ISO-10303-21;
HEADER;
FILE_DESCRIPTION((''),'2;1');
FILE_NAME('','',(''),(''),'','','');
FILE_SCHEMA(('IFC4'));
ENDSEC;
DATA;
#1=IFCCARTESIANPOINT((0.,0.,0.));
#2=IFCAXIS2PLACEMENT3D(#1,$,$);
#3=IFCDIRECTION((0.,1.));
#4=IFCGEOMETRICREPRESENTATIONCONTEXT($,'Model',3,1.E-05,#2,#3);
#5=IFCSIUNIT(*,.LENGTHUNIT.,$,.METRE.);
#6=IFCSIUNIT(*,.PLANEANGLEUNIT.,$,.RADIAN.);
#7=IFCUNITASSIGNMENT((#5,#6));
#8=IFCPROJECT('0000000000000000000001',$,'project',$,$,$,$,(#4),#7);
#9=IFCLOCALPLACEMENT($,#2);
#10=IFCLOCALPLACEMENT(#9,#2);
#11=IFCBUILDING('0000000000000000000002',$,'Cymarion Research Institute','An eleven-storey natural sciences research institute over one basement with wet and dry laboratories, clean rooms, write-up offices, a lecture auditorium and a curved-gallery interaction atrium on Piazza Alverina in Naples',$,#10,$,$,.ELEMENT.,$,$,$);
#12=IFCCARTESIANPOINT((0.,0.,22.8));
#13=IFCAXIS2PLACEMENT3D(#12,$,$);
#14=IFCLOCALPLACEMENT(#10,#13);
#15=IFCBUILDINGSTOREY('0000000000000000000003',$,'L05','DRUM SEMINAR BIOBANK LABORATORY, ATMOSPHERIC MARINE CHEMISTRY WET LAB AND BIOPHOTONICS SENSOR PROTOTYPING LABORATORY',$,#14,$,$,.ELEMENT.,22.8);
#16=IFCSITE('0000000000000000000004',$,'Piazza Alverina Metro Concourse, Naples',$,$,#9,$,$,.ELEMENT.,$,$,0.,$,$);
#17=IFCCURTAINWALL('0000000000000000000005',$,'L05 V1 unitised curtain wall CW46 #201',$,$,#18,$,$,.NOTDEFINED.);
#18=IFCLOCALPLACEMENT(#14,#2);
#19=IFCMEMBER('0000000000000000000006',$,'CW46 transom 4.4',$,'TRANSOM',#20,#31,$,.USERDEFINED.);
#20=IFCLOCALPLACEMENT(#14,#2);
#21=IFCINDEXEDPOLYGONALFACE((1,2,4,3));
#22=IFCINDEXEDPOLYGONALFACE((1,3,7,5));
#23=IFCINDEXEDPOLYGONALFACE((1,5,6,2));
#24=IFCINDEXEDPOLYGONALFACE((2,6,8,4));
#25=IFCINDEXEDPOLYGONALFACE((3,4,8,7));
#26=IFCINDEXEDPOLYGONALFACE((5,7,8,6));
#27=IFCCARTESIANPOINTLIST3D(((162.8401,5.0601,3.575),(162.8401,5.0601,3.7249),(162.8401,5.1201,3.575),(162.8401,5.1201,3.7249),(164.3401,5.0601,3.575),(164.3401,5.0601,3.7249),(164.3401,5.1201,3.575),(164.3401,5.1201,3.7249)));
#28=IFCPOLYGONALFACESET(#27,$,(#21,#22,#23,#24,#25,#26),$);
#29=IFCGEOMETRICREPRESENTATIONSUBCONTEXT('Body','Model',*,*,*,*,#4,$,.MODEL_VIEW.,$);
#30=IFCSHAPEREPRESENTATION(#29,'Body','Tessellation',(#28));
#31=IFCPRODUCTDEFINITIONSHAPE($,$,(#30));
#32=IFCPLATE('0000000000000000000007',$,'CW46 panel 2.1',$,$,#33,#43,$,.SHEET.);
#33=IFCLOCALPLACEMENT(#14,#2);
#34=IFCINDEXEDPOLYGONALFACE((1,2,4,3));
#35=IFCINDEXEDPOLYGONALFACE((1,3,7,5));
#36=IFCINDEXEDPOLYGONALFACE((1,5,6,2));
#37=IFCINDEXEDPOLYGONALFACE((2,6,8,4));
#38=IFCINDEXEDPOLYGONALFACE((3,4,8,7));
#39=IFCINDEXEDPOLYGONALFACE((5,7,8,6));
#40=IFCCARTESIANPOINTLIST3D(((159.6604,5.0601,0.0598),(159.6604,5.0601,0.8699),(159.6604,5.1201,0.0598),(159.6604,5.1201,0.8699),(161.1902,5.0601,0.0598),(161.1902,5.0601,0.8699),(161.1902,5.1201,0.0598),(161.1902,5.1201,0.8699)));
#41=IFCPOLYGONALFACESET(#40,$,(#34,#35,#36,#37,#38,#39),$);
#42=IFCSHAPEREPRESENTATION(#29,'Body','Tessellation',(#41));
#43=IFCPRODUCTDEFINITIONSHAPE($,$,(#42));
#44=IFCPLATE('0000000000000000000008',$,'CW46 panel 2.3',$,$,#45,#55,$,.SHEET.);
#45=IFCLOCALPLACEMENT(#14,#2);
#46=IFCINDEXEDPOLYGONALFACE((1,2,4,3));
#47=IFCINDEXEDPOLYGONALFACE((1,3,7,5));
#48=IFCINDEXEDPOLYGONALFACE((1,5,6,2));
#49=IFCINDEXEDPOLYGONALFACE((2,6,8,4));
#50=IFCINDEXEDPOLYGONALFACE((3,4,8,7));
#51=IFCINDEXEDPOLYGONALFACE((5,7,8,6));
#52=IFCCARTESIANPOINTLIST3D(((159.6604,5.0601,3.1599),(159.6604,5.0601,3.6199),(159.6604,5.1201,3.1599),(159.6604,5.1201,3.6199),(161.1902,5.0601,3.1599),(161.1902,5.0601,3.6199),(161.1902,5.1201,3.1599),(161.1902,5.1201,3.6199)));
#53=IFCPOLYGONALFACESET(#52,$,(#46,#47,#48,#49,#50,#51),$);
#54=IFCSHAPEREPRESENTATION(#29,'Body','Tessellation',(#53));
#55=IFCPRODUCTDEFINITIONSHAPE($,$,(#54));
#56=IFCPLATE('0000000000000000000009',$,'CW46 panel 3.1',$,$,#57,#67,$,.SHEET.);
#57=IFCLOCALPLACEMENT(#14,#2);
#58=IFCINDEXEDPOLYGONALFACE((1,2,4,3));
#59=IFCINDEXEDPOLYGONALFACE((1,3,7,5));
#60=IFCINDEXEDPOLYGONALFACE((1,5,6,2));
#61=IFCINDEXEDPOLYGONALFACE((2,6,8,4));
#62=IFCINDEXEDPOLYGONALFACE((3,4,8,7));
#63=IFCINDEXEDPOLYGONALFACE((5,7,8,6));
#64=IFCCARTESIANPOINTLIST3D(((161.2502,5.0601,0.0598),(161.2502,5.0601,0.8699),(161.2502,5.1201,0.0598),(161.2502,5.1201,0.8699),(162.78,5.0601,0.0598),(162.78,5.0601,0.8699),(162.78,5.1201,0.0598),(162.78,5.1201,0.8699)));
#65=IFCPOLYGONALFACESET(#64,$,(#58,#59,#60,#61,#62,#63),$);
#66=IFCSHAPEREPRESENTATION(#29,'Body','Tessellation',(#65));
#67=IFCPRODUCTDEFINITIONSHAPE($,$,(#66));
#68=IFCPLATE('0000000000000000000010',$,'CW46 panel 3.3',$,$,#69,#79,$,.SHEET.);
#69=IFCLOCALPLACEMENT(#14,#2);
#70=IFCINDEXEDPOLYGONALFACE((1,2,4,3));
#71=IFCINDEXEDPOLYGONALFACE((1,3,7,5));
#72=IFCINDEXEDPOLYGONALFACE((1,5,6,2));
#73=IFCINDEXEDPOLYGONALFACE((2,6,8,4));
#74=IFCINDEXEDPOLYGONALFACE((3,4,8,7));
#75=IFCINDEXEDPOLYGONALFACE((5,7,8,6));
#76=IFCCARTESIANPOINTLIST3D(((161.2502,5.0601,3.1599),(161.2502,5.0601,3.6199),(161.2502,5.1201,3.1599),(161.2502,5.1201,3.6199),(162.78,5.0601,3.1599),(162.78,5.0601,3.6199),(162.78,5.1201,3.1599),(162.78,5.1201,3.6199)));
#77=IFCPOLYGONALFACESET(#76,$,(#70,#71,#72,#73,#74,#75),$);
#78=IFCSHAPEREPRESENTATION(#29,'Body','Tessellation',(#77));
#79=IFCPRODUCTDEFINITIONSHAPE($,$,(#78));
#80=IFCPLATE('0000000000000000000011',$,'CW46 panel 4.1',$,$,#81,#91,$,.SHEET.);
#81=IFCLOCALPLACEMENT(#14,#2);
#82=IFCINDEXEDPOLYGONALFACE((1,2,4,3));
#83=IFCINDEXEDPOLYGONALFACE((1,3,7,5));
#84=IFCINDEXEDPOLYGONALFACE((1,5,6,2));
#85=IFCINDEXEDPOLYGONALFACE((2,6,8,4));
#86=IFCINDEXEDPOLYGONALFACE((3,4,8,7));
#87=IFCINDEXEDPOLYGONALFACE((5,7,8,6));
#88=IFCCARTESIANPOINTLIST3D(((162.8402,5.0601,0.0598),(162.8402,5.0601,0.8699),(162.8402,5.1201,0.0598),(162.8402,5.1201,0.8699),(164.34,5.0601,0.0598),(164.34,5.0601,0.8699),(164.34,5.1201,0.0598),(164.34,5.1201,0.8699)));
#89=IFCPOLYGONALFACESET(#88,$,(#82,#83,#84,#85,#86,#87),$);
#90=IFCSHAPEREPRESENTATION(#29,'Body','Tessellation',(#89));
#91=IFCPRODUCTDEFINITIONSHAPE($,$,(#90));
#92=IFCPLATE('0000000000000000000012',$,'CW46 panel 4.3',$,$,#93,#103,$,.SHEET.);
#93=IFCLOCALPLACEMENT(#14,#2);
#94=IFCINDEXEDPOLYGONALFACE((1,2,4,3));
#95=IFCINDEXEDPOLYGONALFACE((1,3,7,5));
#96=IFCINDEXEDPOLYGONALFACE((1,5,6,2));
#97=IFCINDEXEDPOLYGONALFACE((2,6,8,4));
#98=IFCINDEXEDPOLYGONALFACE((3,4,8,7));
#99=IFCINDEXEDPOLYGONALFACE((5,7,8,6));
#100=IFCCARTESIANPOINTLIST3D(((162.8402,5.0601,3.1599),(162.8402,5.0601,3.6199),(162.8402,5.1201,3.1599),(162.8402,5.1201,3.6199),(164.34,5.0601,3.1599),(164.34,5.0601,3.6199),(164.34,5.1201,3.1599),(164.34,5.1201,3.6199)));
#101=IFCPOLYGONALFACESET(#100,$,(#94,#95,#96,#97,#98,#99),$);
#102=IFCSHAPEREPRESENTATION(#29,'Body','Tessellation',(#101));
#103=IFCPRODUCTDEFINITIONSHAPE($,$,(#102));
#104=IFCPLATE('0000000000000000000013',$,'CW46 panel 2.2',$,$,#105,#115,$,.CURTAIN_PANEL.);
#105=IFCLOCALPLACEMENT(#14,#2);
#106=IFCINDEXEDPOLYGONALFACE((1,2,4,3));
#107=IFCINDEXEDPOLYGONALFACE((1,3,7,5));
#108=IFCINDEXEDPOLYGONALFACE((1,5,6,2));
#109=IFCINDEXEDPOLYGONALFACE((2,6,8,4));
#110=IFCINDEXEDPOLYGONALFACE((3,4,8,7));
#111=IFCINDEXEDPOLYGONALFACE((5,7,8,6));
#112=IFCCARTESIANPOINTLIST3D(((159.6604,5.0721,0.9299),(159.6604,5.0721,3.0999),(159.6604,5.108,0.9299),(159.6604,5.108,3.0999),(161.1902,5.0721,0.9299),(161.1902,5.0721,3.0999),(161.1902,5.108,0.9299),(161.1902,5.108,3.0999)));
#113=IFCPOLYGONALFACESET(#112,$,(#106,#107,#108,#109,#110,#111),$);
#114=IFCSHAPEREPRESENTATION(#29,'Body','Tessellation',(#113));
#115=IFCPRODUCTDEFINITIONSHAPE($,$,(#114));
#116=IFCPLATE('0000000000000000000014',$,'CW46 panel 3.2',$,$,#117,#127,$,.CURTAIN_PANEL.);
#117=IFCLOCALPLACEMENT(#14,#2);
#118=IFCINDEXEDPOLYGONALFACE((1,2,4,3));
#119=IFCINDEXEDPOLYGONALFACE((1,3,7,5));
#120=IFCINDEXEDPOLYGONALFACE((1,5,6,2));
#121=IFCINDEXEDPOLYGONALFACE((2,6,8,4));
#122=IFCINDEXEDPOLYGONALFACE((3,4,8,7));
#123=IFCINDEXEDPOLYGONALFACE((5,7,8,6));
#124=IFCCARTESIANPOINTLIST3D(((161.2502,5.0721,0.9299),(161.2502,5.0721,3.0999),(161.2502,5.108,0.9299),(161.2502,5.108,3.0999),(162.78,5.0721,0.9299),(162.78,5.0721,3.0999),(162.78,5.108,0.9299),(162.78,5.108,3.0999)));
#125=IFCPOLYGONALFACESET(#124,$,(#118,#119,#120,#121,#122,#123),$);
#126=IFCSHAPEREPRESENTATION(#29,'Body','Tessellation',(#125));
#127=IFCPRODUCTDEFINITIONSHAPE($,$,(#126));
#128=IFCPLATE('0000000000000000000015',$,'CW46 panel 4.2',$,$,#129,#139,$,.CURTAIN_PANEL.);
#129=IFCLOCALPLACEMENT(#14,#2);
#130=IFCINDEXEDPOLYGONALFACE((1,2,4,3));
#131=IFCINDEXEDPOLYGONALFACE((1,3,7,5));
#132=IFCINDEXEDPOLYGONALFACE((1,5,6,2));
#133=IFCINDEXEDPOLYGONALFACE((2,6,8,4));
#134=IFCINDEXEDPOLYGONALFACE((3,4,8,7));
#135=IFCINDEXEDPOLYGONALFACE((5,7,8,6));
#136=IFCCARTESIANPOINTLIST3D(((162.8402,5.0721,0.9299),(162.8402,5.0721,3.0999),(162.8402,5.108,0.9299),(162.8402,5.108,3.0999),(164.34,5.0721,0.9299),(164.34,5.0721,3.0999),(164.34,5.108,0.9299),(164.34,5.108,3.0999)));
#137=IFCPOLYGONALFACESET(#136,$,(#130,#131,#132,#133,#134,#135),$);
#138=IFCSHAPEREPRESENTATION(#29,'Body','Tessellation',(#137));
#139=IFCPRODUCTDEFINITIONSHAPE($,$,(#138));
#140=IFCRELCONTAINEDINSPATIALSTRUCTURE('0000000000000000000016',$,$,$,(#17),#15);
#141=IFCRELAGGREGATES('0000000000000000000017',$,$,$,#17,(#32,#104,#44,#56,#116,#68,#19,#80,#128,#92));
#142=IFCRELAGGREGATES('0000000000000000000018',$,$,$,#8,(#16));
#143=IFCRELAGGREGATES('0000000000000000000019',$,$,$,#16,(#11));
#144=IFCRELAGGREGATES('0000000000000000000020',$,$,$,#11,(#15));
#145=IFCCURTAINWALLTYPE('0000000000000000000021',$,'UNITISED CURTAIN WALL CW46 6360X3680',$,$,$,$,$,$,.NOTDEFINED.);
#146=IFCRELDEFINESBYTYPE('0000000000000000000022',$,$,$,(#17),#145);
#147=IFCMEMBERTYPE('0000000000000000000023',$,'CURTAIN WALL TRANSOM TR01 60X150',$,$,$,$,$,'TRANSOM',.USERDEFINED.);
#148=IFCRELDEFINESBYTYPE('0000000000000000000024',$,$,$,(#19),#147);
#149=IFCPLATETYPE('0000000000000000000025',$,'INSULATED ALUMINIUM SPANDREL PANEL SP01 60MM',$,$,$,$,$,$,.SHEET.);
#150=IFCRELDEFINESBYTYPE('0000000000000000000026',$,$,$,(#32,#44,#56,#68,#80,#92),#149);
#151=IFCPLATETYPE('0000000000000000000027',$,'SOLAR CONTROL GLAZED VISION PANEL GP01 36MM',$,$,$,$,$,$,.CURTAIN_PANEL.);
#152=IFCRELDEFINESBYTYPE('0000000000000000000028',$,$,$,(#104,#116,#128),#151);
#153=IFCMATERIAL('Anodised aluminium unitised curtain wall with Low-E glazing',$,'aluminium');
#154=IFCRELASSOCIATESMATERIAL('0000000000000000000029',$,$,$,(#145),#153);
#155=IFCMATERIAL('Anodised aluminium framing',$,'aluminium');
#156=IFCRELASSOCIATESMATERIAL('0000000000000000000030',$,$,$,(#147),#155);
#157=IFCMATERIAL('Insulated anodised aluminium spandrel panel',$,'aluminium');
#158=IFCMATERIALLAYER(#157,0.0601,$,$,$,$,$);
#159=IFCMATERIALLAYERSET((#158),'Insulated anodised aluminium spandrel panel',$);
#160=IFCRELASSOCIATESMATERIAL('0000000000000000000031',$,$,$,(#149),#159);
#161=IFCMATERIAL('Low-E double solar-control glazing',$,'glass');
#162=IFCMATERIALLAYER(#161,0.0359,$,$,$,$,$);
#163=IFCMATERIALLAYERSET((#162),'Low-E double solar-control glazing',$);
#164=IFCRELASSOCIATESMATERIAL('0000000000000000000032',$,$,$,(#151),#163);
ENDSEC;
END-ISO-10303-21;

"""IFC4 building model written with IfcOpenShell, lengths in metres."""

from ifc_helpers import new_model, si_unit, direction, frame, origin, origin_2d, place, context, subcontext, project, spatial, rectangle, extrude, material, layer, layer_set, material_profile, profile_set, type_object, element, aggregate, save


model = new_model("IFC4")

# Units and contexts
model_context = context("Model", 3, precision=1e-05, world=origin(), true_north=direction((0.0, 1.0)))
body_context = subcontext(model_context, "Body", "Model", "MODEL_VIEW")
ifc_project = project(units=[si_unit("LENGTHUNIT", "METRE"), si_unit("PLANEANGLEUNIT", "RADIAN")], contexts=[model_context])

# Site, building, storey
site_placement = place(None, origin())
site = spatial("IfcSite", under=ifc_project, at=site_placement, Name="Piazza Alverina Metro Concourse, Naples", CompositionType="ELEMENT", RefElevation=0.0)
building_placement = place(site_placement, origin())
building = spatial("IfcBuilding", under=site, at=building_placement, Name="Cymarion Research Institute", Description="An eleven-storey natural sciences research institute over one basement with wet and dry laboratories, clean rooms, write-up offices, a lecture auditorium and a curved-gallery interaction atrium on Piazza Alverina in Naples", CompositionType="ELEMENT")
storey_placement = place(building_placement, frame((0.0, 0.0, 22.8)))
storey = spatial("IfcBuildingStorey", under=building, at=storey_placement, Name="L05", Description="DRUM SEMINAR BIOBANK LABORATORY, ATMOSPHERIC MARINE CHEMISTRY WET LAB AND BIOPHOTONICS SENSOR PROTOTYPING LABORATORY", CompositionType="ELEMENT", Elevation=22.8)

# Curtain wall, member, plates
ifc_material_1 = material(Name="Anodised aluminium unitised curtain wall with Low-E glazing", Category="aluminium")
curtain_wall_type = type_object("IfcCurtainWallType", Name="UNITISED CURTAIN WALL CW46 6360X3680", PredefinedType="NOTDEFINED", material=ifc_material_1)
curtain_wall_placement = place(storey_placement, origin())
curtain_wall = element("IfcCurtainWall", 1, at=curtain_wall_placement, inside=storey, type_object=curtain_wall_type, Name="L05 V1 unitised curtain wall CW46 #201", PredefinedType="NOTDEFINED")
ifc_material_2 = material(Name="Anodised aluminium framing", Category="aluminium")
ifc_material_profile_1 = material_profile(ifc_material_2, rectangle(XDim=0.0601, YDim=0.1499, at=origin_2d()), Name="ALU TRANSOM 60x150")
ifc_profile_set_1 = profile_set([ifc_material_profile_1], Name="Anodised aluminium framing")
member_type_1 = type_object("IfcMemberType", Name="CURTAIN WALL TRANSOM TR01 60X150", ElementType="TRANSOM", PredefinedType="USERDEFINED", material=ifc_profile_set_1)
member_1_placement = place(storey_placement, frame((162.8401, 5.0901, 3.6499), z_axis=(1.0, 0.0, 0.0), x_axis=(0.0, 1.0, 0.0)))
member_1 = element("IfcMember", 2, at=member_1_placement, type_object=member_type_1, Name="CW46 transom 4.4", ObjectType="TRANSOM", PredefinedType="USERDEFINED", context=body_context, shape_type="SweptSolid", body=[
    extrude(rectangle(XDim=0.0601, YDim=0.1499, at=origin_2d()), origin(), (0.0, 0.0, 1.0), 1.5),
])
ifc_material_3 = material(Name="Insulated anodised aluminium spandrel panel", Category="aluminium")
ifc_layer_1 = layer(ifc_material_3, 0.0601)
ifc_layer_set_1 = layer_set([ifc_layer_1], Name="Insulated anodised aluminium spandrel panel")
plate_type_1 = type_object("IfcPlateType", Name="INSULATED ALUMINIUM SPANDREL PANEL SP01 60MM", PredefinedType="SHEET", material=ifc_layer_set_1)
plate_1_placement = place(storey_placement, frame((160.4253, 5.0901, 0.0598), z_axis=(0.0, 0.0, 1.0), x_axis=(1.0, 0.0, 0.0)))
plate_1 = element("IfcPlate", 3, at=plate_1_placement, type_object=plate_type_1, Name="CW46 panel 2.1", PredefinedType="SHEET", context=body_context, shape_type="SweptSolid", body=[
    extrude(rectangle(XDim=1.5298, YDim=0.0601, at=origin_2d()), origin(), (0.0, 0.0, 1.0), 0.8101),
])
plate_2_placement = place(storey_placement, frame((160.4253, 5.0901, 3.1599), z_axis=(0.0, 0.0, 1.0), x_axis=(1.0, 0.0, 0.0)))
plate_2 = element("IfcPlate", 4, at=plate_2_placement, type_object=plate_type_1, Name="CW46 panel 2.3", PredefinedType="SHEET", context=body_context, shape_type="SweptSolid", body=[
    extrude(rectangle(XDim=1.5298, YDim=0.0601, at=origin_2d()), origin(), (0.0, 0.0, 1.0), 0.46),
])
plate_3_placement = place(storey_placement, frame((162.0151, 5.0901, 0.0598), z_axis=(0.0, 0.0, 1.0), x_axis=(1.0, 0.0, 0.0)))
plate_3 = element("IfcPlate", 5, at=plate_3_placement, type_object=plate_type_1, Name="CW46 panel 3.1", PredefinedType="SHEET", context=body_context, shape_type="SweptSolid", body=[
    extrude(rectangle(XDim=1.5298, YDim=0.0601, at=origin_2d()), origin(), (0.0, 0.0, 1.0), 0.8101),
])
plate_4_placement = place(storey_placement, frame((162.0151, 5.0901, 3.1599), z_axis=(0.0, 0.0, 1.0), x_axis=(1.0, 0.0, 0.0)))
plate_4 = element("IfcPlate", 6, at=plate_4_placement, type_object=plate_type_1, Name="CW46 panel 3.3", PredefinedType="SHEET", context=body_context, shape_type="SweptSolid", body=[
    extrude(rectangle(XDim=1.5298, YDim=0.0601, at=origin_2d()), origin(), (0.0, 0.0, 1.0), 0.46),
])
plate_5_placement = place(storey_placement, frame((163.5901, 5.0901, 0.0598), z_axis=(0.0, 0.0, 1.0), x_axis=(1.0, 0.0, 0.0)))
plate_5 = element("IfcPlate", 7, at=plate_5_placement, type_object=plate_type_1, Name="CW46 panel 4.1", PredefinedType="SHEET", context=body_context, shape_type="SweptSolid", body=[
    extrude(rectangle(XDim=1.4998, YDim=0.0601, at=origin_2d()), origin(), (0.0, 0.0, 1.0), 0.8101),
])
plate_6_placement = place(storey_placement, frame((163.5901, 5.0901, 3.1599), z_axis=(0.0, 0.0, 1.0), x_axis=(1.0, 0.0, 0.0)))
plate_6 = element("IfcPlate", 8, at=plate_6_placement, type_object=plate_type_1, Name="CW46 panel 4.3", PredefinedType="SHEET", context=body_context, shape_type="SweptSolid", body=[
    extrude(rectangle(XDim=1.4998, YDim=0.0601, at=origin_2d()), origin(), (0.0, 0.0, 1.0), 0.46),
])
ifc_material_4 = material(Name="Low-E double solar-control glazing", Category="glass")
ifc_layer_2 = layer(ifc_material_4, 0.0359)
ifc_layer_set_2 = layer_set([ifc_layer_2], Name="Low-E double solar-control glazing")
plate_type_2 = type_object("IfcPlateType", Name="SOLAR CONTROL GLAZED VISION PANEL GP01 36MM", PredefinedType="CURTAIN_PANEL", material=ifc_layer_set_2)
plate_7_placement = place(storey_placement, frame((160.4253, 5.0901, 0.9299), z_axis=(0.0, 0.0, 1.0), x_axis=(1.0, 0.0, 0.0)))
plate_7 = element("IfcPlate", 9, at=plate_7_placement, type_object=plate_type_2, Name="CW46 panel 2.2", PredefinedType="CURTAIN_PANEL", context=body_context, shape_type="SweptSolid", body=[
    extrude(rectangle(XDim=1.5298, YDim=0.0359, at=origin_2d()), origin(), (0.0, 0.0, 1.0), 2.1699),
])
plate_8_placement = place(storey_placement, frame((162.0151, 5.0901, 0.9299), z_axis=(0.0, 0.0, 1.0), x_axis=(1.0, 0.0, 0.0)))
plate_8 = element("IfcPlate", 10, at=plate_8_placement, type_object=plate_type_2, Name="CW46 panel 3.2", PredefinedType="CURTAIN_PANEL", context=body_context, shape_type="SweptSolid", body=[
    extrude(rectangle(XDim=1.5298, YDim=0.0359, at=origin_2d()), origin(), (0.0, 0.0, 1.0), 2.1699),
])
plate_9_placement = place(storey_placement, frame((163.5901, 5.0901, 0.9299), z_axis=(0.0, 0.0, 1.0), x_axis=(1.0, 0.0, 0.0)))
plate_9 = element("IfcPlate", 11, at=plate_9_placement, type_object=plate_type_2, Name="CW46 panel 4.2", PredefinedType="CURTAIN_PANEL", context=body_context, shape_type="SweptSolid", body=[
    extrude(rectangle(XDim=1.4998, YDim=0.0359, at=origin_2d()), origin(), (0.0, 0.0, 1.0), 2.1699),
])
aggregate(curtain_wall, [plate_1, plate_7, plate_2, plate_3, plate_8, plate_4, member_1, plate_5, plate_9, plate_6])

save(model, "model.ifc")
